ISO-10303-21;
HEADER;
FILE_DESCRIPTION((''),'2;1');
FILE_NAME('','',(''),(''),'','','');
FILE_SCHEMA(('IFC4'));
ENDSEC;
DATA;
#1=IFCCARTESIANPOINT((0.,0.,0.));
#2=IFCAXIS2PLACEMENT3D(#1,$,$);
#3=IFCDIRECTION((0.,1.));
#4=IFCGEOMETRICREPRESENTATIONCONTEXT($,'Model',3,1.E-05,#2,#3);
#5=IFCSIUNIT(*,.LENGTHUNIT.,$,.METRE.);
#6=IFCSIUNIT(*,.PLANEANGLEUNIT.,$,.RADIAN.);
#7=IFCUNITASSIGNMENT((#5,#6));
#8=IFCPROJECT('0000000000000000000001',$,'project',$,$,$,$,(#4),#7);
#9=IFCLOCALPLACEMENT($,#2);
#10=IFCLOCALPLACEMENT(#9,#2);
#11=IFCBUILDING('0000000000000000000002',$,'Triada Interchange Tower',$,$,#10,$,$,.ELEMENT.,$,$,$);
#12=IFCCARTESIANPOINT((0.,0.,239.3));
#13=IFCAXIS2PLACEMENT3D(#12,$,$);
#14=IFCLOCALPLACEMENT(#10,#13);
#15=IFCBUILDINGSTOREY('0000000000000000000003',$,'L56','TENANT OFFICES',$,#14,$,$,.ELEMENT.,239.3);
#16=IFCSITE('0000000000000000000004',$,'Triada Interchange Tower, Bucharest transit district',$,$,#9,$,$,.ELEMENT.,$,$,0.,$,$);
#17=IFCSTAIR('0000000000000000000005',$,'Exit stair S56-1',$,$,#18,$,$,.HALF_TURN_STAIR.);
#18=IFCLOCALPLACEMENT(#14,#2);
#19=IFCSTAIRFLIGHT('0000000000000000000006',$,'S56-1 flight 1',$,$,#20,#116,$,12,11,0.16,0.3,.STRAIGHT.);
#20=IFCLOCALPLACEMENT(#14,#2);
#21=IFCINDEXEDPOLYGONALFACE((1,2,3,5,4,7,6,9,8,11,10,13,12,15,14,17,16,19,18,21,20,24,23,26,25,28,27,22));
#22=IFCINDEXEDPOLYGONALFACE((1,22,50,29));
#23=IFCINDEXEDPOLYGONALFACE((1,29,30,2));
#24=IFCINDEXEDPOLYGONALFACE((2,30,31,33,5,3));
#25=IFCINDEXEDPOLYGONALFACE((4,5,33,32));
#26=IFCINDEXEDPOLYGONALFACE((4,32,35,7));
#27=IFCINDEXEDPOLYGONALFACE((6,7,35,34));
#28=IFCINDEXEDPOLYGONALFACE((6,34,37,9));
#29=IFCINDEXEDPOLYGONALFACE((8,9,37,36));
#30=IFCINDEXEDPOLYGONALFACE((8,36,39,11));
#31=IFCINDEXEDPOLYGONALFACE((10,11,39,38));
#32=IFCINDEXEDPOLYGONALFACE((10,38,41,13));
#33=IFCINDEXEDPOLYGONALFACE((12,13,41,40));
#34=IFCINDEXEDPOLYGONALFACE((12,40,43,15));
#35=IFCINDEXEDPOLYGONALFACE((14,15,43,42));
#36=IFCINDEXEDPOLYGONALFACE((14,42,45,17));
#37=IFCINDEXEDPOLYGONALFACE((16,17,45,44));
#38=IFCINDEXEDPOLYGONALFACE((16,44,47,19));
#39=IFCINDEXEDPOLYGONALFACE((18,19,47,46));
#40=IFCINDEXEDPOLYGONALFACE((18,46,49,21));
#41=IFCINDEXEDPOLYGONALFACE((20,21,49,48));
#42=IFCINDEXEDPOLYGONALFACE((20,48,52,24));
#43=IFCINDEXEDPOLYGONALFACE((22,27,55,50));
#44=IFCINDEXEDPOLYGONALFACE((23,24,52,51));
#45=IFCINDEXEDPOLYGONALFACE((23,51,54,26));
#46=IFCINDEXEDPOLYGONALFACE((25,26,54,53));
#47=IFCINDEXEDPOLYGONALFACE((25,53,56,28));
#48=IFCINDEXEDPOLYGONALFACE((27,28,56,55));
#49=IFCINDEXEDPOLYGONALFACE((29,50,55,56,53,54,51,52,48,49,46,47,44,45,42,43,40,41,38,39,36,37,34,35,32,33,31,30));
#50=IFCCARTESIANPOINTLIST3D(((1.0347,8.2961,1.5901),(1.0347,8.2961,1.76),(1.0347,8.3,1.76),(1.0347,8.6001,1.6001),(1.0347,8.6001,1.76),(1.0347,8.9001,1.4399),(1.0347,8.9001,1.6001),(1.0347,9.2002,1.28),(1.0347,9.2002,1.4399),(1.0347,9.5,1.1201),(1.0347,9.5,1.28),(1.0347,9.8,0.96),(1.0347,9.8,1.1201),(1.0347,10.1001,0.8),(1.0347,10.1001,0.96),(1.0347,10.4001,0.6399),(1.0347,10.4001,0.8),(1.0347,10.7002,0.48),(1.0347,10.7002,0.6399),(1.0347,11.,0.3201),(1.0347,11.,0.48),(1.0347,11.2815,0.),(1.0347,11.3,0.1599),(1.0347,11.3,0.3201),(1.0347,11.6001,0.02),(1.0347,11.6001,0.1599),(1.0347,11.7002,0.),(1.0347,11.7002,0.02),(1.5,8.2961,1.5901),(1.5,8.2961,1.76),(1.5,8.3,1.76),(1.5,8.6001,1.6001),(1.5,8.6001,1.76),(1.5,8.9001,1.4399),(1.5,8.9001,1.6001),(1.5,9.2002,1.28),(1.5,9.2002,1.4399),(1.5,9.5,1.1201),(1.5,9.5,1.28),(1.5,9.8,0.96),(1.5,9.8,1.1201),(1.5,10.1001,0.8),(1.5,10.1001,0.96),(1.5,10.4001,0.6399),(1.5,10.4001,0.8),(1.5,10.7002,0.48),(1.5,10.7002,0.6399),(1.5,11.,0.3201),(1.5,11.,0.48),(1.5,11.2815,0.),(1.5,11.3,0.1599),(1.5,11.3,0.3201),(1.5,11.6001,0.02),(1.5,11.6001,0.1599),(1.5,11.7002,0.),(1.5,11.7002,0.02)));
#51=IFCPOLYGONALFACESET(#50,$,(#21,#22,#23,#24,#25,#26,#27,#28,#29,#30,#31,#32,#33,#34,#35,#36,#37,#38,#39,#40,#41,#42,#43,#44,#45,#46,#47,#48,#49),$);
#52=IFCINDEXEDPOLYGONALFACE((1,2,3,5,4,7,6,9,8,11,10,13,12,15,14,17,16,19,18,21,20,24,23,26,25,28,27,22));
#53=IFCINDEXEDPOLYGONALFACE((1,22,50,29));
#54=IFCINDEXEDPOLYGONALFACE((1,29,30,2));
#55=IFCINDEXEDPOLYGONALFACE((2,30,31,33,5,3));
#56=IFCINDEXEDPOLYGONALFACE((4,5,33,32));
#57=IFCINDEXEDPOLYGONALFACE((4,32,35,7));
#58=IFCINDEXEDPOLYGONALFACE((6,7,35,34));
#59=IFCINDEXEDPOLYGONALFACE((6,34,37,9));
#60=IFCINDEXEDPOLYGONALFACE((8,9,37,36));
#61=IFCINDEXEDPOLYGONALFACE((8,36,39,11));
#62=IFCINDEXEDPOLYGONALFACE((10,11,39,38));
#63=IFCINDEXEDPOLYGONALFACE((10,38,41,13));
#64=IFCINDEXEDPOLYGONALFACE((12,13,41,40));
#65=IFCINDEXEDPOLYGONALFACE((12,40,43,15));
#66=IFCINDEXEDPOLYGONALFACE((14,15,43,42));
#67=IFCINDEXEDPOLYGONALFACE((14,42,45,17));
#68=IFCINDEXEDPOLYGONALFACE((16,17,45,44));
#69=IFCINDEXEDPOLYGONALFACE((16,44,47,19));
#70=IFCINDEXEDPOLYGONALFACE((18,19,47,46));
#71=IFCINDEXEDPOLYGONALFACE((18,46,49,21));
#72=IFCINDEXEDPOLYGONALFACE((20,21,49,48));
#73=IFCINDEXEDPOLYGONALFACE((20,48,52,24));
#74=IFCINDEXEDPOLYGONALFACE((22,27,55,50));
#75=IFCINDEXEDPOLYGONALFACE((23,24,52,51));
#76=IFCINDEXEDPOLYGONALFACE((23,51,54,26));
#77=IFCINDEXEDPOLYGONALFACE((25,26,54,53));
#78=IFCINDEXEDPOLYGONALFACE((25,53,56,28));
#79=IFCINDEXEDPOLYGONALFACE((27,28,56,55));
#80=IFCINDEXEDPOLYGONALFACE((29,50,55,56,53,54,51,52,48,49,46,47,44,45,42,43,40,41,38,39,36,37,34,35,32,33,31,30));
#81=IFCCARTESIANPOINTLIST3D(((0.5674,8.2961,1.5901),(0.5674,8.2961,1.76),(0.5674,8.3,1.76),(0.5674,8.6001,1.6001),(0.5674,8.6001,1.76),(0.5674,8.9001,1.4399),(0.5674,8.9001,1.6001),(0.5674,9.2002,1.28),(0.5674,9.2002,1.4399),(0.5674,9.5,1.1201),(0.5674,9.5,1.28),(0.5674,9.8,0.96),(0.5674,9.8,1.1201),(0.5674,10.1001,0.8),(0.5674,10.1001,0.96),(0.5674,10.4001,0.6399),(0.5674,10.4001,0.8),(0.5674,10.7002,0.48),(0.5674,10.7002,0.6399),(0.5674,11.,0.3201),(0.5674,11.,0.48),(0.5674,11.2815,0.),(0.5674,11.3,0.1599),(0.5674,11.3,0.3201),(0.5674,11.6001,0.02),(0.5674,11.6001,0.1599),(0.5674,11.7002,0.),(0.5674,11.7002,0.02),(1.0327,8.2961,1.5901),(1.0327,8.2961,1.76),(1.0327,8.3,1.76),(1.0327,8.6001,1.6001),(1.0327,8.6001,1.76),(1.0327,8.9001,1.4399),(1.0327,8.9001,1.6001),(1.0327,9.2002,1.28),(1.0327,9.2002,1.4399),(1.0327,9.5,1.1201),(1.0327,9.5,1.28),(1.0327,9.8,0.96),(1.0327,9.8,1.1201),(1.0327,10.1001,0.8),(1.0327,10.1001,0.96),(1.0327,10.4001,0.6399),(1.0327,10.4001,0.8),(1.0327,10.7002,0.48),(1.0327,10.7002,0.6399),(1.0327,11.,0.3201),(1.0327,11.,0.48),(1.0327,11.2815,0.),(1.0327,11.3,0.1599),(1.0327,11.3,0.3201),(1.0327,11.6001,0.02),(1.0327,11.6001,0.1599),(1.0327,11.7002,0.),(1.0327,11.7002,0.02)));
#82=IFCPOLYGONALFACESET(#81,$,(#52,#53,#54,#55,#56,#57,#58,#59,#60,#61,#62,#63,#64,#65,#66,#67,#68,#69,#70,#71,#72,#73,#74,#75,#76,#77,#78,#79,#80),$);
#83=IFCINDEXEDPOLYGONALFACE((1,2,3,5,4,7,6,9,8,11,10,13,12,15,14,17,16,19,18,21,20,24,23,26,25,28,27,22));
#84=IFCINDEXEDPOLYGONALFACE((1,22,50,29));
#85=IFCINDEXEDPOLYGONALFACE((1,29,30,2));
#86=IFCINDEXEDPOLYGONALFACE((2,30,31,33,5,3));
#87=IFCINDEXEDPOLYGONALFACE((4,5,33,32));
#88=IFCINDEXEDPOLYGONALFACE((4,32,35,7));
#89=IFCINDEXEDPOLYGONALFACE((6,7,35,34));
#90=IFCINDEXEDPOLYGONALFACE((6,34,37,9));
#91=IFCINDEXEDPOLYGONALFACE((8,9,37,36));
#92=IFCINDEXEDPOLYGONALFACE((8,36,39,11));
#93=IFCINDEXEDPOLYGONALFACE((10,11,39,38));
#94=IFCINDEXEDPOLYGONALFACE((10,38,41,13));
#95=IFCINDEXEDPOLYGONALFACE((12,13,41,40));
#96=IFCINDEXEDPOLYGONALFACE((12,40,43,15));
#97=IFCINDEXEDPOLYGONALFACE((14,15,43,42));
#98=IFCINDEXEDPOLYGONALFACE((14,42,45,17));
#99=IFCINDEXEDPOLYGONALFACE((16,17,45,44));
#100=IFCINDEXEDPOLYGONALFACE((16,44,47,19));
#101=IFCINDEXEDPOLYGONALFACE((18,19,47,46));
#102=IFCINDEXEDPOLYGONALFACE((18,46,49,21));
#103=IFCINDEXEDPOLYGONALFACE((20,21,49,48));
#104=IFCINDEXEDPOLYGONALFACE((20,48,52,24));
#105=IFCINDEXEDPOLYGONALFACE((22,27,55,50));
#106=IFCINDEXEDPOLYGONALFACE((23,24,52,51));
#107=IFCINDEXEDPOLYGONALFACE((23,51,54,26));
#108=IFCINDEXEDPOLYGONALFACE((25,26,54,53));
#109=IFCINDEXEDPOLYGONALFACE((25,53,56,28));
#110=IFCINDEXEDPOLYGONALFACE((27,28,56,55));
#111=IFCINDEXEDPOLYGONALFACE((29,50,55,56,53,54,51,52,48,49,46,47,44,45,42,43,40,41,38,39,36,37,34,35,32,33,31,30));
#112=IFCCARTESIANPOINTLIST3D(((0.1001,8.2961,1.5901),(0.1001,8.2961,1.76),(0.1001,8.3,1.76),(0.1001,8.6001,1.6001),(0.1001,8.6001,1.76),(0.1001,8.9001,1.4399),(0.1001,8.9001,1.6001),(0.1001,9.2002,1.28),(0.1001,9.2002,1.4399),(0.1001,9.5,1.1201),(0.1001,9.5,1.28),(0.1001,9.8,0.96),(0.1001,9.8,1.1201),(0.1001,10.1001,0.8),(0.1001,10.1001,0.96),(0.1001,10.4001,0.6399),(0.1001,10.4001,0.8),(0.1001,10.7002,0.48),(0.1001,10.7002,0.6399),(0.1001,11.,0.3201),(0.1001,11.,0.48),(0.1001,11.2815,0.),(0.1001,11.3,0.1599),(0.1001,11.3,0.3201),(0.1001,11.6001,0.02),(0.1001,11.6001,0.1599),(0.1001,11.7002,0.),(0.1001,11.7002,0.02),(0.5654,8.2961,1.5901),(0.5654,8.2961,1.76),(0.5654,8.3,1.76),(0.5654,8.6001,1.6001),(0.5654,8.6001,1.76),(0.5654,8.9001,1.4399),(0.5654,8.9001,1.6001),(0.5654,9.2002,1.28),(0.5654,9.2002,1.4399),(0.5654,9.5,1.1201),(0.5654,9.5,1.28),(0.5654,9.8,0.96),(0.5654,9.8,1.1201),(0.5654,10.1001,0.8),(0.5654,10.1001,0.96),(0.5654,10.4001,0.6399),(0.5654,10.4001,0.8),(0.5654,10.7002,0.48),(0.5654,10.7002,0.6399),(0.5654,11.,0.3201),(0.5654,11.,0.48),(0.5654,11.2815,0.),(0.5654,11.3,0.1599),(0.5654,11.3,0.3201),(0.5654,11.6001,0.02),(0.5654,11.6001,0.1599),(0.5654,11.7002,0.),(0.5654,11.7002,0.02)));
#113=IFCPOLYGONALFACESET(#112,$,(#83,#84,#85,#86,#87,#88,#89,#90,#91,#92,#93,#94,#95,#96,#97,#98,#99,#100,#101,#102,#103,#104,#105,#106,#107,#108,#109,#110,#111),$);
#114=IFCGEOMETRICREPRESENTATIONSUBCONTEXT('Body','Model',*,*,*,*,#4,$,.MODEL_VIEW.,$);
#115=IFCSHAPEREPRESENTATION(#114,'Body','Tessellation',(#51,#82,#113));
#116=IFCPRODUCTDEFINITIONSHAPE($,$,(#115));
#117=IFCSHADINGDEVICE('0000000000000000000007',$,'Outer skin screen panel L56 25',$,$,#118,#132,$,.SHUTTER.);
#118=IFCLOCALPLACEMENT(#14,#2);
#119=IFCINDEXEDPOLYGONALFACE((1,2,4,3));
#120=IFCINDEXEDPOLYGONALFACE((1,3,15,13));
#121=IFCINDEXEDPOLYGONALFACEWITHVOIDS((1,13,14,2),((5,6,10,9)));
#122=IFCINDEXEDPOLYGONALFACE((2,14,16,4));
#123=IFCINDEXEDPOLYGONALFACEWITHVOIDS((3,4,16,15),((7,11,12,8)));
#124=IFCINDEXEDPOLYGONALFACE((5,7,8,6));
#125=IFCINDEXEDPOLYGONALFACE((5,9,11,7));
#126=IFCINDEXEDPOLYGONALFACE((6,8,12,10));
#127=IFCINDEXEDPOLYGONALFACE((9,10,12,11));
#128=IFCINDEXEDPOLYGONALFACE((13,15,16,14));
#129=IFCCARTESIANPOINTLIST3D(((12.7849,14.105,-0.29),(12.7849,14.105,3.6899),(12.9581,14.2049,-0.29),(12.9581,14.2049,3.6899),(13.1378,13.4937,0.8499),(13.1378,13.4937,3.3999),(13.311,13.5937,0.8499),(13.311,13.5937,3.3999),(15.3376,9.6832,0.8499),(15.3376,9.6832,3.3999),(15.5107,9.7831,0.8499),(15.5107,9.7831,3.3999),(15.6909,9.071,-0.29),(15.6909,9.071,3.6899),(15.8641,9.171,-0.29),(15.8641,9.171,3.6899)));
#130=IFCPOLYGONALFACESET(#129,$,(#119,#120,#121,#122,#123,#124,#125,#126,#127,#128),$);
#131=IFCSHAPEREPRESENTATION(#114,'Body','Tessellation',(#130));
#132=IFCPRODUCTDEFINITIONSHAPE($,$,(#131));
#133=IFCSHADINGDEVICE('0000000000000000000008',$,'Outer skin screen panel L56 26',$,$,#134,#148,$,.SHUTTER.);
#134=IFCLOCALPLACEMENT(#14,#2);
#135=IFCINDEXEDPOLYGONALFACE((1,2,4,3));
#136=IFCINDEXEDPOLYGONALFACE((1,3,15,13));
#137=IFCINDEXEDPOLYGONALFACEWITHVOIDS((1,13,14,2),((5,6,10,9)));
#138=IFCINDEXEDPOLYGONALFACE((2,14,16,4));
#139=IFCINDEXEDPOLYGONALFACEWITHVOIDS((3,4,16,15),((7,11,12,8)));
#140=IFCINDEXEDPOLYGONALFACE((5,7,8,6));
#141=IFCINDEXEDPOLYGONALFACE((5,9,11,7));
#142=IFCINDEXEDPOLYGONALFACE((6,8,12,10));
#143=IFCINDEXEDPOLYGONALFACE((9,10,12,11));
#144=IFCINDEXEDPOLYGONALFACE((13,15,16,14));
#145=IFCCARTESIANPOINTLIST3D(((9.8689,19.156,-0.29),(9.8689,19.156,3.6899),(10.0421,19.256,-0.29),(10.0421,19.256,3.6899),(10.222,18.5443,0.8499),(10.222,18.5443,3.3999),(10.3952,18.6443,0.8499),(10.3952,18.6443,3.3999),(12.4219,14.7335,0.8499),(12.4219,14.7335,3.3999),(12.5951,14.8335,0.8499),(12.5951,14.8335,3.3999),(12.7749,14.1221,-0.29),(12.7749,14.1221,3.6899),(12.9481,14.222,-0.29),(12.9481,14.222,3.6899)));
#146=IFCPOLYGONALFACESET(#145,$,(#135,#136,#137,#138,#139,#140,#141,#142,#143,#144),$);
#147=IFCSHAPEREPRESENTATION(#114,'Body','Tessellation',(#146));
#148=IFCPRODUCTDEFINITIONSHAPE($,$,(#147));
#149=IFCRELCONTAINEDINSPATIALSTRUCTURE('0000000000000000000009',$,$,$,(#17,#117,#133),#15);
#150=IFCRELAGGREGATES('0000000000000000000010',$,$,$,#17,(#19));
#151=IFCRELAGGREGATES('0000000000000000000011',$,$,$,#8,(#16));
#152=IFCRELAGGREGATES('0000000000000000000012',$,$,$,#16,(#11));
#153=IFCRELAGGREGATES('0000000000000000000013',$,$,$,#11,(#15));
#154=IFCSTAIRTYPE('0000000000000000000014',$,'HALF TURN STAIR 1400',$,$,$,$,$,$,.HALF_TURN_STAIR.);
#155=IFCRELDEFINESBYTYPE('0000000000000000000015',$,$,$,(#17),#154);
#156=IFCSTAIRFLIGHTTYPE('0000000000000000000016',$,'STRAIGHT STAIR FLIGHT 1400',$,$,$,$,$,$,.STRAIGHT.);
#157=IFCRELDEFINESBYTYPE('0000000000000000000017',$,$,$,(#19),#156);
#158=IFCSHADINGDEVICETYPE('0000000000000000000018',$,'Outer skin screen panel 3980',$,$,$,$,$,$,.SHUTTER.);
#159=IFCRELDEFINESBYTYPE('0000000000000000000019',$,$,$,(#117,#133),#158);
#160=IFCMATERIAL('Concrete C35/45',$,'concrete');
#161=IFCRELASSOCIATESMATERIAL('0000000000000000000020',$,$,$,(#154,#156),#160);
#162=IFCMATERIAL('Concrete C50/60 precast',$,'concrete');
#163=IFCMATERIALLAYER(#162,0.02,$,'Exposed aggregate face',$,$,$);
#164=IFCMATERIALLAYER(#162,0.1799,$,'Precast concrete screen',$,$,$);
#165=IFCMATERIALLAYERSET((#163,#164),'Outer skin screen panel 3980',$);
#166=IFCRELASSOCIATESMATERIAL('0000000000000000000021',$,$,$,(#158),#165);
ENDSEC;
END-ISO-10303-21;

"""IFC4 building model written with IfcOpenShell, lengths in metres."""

from ifc_helpers import new_model, si_unit, direction, frame, origin, place, context, subcontext, project, spatial, polyline, outline, extrude, material, layer, layer_set, type_object, element, aggregate, save


model = new_model("IFC4")

# Units and contexts
model_context = context("Model", 3, precision=1e-05, world=origin(), true_north=direction((0.0, 1.0)))
body_context = subcontext(model_context, "Body", "Model", "MODEL_VIEW")
ifc_project = project(units=[si_unit("LENGTHUNIT", "METRE"), si_unit("PLANEANGLEUNIT", "RADIAN")], contexts=[model_context])

# Site, building, storey
site_placement = place(None, origin())
site = spatial("IfcSite", under=ifc_project, at=site_placement, Name="Triada Interchange Tower, Bucharest transit district", CompositionType="ELEMENT", RefElevation=0.0)
building_placement = place(site_placement, origin())
building = spatial("IfcBuilding", under=site, at=building_placement, Name="Triada Interchange Tower", CompositionType="ELEMENT")
storey_placement = place(building_placement, frame((0.0, 0.0, 239.3)))
storey = spatial("IfcBuildingStorey", under=building, at=storey_placement, Name="L56", Description="TENANT OFFICES", CompositionType="ELEMENT", Elevation=239.3)

# Stair, stair flight
ifc_material_1 = material(Name="Concrete C35/45", Category="concrete")
stair_type = type_object("IfcStairType", Name="HALF TURN STAIR 1400", PredefinedType="HALF_TURN_STAIR", material=ifc_material_1)
stair_placement = place(storey_placement, origin())
stair = element("IfcStair", 1, at=stair_placement, inside=storey, type_object=stair_type, Name="Exit stair S56-1", PredefinedType="HALF_TURN_STAIR")
stair_flight_type = type_object("IfcStairFlightType", Name="STRAIGHT STAIR FLIGHT 1400", PredefinedType="STRAIGHT", material=ifc_material_1)
stair_flight_placement = place(storey_placement, frame((0.8, 11.6001, 0.0), z_axis=(0.0, 0.0, 1.0), x_axis=(0.0, -1.0, 0.0)))
stair_flight = element("IfcStairFlight", 2, at=stair_flight_placement, type_object=stair_flight_type, Name="S56-1 flight 1", NumberOfRisers=12, NumberOfTreads=11, PredefinedType="STRAIGHT", RiserHeight=0.16, TreadLength=0.3, context=body_context, shape_type="SweptSolid", body=[
    extrude(outline(polyline([(-0.1001, 0.0), (-0.1001, 0.02), (0.0, 0.02), (0.0, 0.1599), (0.3, 0.1599), (0.3, 0.3201), (0.6001, 0.3201), (0.6001, 0.48), (0.8999, 0.48), (0.8999, 0.6399), (1.2, 0.6399), (1.2, 0.8), (1.5, 0.8), (1.5, 0.96), (1.8, 0.96), (1.8, 1.1201), (2.1001, 1.1201), (2.1001, 1.28), (2.3999, 1.28), (2.3999, 1.4399), (2.7, 1.4399), (2.7, 1.6001), (3.0, 1.6001), (3.0, 1.76), (3.3, 1.76), (3.304, 1.76), (3.304, 1.9199), (3.304, 1.5901), (0.3186, 0.0), (-0.1001, 0.0)])), frame((0.0, 0.7, 0.0), z_axis=(0.0, -1.0, 0.0), x_axis=(1.0, 0.0, 0.0)), (0.0, 0.0, 1.0), 0.4653),
    extrude(outline(polyline([(-0.1001, 0.0), (-0.1001, 0.02), (0.0, 0.02), (0.0, 0.1599), (0.3, 0.1599), (0.3, 0.3201), (0.6001, 0.3201), (0.6001, 0.48), (0.8999, 0.48), (0.8999, 0.6399), (1.2, 0.6399), (1.2, 0.8), (1.5, 0.8), (1.5, 0.96), (1.8, 0.96), (1.8, 1.1201), (2.1001, 1.1201), (2.1001, 1.28), (2.3999, 1.28), (2.3999, 1.4399), (2.7, 1.4399), (2.7, 1.6001), (3.0, 1.6001), (3.0, 1.76), (3.3, 1.76), (3.304, 1.76), (3.304, 1.9199), (3.304, 1.5901), (0.3186, 0.0), (-0.1001, 0.0)])), frame((0.0, 0.2327, 0.0), z_axis=(0.0, -1.0, 0.0), x_axis=(1.0, 0.0, 0.0)), (0.0, 0.0, 1.0), 0.4653),
    extrude(outline(polyline([(-0.1001, 0.0), (-0.1001, 0.02), (0.0, 0.02), (0.0, 0.1599), (0.3, 0.1599), (0.3, 0.3201), (0.6001, 0.3201), (0.6001, 0.48), (0.8999, 0.48), (0.8999, 0.6399), (1.2, 0.6399), (1.2, 0.8), (1.5, 0.8), (1.5, 0.96), (1.8, 0.96), (1.8, 1.1201), (2.1001, 1.1201), (2.1001, 1.28), (2.3999, 1.28), (2.3999, 1.4399), (2.7, 1.4399), (2.7, 1.6001), (3.0, 1.6001), (3.0, 1.76), (3.3, 1.76), (3.304, 1.76), (3.304, 1.9199), (3.304, 1.5901), (0.3186, 0.0), (-0.1001, 0.0)])), frame((0.0, -0.2346, 0.0), z_axis=(0.0, -1.0, 0.0), x_axis=(1.0, 0.0, 0.0)), (0.0, 0.0, 1.0), 0.4653),
])

# Shading devices
ifc_material_2 = material(Name="Concrete C50/60 precast", Category="concrete")
ifc_layer_1 = layer(ifc_material_2, 0.02, Name="Exposed aggregate face")
ifc_layer_2 = layer(ifc_material_2, 0.1799, Name="Precast concrete screen")
ifc_layer_set_1 = layer_set([ifc_layer_1, ifc_layer_2], Name="Outer skin screen panel 3980")
shading_device_type = type_object("IfcShadingDeviceType", Name="Outer skin screen panel 3980", PredefinedType="SHUTTER", material=ifc_layer_set_1)
shading_device_1_placement = place(storey_placement, frame((15.6909, 9.071, -0.29), z_axis=(0.0, 0.0, 1.0), x_axis=(-0.499956, 0.866051, 0.0)))
element("IfcShadingDevice", 3, at=shading_device_1_placement, inside=storey, type_object=shading_device_type, Name="Outer skin screen panel L56 25", PredefinedType="SHUTTER", context=body_context, shape_type="SweptSolid", body=[
    extrude(outline(polyline([(0.0, 0.0), (5.8125, 0.0), (5.8125, 3.98), (0.0, 3.98), (0.0, 0.0)]), holes=[polyline([(0.7068, 1.1399), (0.7068, 3.6899), (5.1067, 3.6899), (5.1067, 1.1399), (0.7068, 1.1399)])]), frame((0.0, 0.0, 0.0), z_axis=(0.0, -1.0, 0.0), x_axis=(1.0, 0.0, 0.0)), (0.0, 0.0, 1.0), 0.2),
])
shading_device_2_placement = place(storey_placement, frame((12.7749, 14.1221, -0.29), z_axis=(0.0, 0.0, 1.0), x_axis=(-0.499956, 0.866051, 0.0)))
element("IfcShadingDevice", 4, at=shading_device_2_placement, inside=storey, type_object=shading_device_type, Name="Outer skin screen panel L56 26", PredefinedType="SHUTTER", context=body_context, shape_type="SweptSolid", body=[
    extrude(outline(polyline([(0.0, 0.0), (5.8125, 0.0), (5.8125, 3.98), (0.0, 3.98), (0.0, 0.0)]), holes=[polyline([(0.7061, 1.1399), (0.7061, 3.6899), (5.1062, 3.6899), (5.1062, 1.1399), (0.7061, 1.1399)])]), frame((0.0, 0.0, 0.0), z_axis=(0.0, -1.0, 0.0), x_axis=(1.0, 0.0, 0.0)), (0.0, 0.0, 1.0), 0.2),
])

aggregate(stair, [stair_flight])

save(model, "model.ifc")
